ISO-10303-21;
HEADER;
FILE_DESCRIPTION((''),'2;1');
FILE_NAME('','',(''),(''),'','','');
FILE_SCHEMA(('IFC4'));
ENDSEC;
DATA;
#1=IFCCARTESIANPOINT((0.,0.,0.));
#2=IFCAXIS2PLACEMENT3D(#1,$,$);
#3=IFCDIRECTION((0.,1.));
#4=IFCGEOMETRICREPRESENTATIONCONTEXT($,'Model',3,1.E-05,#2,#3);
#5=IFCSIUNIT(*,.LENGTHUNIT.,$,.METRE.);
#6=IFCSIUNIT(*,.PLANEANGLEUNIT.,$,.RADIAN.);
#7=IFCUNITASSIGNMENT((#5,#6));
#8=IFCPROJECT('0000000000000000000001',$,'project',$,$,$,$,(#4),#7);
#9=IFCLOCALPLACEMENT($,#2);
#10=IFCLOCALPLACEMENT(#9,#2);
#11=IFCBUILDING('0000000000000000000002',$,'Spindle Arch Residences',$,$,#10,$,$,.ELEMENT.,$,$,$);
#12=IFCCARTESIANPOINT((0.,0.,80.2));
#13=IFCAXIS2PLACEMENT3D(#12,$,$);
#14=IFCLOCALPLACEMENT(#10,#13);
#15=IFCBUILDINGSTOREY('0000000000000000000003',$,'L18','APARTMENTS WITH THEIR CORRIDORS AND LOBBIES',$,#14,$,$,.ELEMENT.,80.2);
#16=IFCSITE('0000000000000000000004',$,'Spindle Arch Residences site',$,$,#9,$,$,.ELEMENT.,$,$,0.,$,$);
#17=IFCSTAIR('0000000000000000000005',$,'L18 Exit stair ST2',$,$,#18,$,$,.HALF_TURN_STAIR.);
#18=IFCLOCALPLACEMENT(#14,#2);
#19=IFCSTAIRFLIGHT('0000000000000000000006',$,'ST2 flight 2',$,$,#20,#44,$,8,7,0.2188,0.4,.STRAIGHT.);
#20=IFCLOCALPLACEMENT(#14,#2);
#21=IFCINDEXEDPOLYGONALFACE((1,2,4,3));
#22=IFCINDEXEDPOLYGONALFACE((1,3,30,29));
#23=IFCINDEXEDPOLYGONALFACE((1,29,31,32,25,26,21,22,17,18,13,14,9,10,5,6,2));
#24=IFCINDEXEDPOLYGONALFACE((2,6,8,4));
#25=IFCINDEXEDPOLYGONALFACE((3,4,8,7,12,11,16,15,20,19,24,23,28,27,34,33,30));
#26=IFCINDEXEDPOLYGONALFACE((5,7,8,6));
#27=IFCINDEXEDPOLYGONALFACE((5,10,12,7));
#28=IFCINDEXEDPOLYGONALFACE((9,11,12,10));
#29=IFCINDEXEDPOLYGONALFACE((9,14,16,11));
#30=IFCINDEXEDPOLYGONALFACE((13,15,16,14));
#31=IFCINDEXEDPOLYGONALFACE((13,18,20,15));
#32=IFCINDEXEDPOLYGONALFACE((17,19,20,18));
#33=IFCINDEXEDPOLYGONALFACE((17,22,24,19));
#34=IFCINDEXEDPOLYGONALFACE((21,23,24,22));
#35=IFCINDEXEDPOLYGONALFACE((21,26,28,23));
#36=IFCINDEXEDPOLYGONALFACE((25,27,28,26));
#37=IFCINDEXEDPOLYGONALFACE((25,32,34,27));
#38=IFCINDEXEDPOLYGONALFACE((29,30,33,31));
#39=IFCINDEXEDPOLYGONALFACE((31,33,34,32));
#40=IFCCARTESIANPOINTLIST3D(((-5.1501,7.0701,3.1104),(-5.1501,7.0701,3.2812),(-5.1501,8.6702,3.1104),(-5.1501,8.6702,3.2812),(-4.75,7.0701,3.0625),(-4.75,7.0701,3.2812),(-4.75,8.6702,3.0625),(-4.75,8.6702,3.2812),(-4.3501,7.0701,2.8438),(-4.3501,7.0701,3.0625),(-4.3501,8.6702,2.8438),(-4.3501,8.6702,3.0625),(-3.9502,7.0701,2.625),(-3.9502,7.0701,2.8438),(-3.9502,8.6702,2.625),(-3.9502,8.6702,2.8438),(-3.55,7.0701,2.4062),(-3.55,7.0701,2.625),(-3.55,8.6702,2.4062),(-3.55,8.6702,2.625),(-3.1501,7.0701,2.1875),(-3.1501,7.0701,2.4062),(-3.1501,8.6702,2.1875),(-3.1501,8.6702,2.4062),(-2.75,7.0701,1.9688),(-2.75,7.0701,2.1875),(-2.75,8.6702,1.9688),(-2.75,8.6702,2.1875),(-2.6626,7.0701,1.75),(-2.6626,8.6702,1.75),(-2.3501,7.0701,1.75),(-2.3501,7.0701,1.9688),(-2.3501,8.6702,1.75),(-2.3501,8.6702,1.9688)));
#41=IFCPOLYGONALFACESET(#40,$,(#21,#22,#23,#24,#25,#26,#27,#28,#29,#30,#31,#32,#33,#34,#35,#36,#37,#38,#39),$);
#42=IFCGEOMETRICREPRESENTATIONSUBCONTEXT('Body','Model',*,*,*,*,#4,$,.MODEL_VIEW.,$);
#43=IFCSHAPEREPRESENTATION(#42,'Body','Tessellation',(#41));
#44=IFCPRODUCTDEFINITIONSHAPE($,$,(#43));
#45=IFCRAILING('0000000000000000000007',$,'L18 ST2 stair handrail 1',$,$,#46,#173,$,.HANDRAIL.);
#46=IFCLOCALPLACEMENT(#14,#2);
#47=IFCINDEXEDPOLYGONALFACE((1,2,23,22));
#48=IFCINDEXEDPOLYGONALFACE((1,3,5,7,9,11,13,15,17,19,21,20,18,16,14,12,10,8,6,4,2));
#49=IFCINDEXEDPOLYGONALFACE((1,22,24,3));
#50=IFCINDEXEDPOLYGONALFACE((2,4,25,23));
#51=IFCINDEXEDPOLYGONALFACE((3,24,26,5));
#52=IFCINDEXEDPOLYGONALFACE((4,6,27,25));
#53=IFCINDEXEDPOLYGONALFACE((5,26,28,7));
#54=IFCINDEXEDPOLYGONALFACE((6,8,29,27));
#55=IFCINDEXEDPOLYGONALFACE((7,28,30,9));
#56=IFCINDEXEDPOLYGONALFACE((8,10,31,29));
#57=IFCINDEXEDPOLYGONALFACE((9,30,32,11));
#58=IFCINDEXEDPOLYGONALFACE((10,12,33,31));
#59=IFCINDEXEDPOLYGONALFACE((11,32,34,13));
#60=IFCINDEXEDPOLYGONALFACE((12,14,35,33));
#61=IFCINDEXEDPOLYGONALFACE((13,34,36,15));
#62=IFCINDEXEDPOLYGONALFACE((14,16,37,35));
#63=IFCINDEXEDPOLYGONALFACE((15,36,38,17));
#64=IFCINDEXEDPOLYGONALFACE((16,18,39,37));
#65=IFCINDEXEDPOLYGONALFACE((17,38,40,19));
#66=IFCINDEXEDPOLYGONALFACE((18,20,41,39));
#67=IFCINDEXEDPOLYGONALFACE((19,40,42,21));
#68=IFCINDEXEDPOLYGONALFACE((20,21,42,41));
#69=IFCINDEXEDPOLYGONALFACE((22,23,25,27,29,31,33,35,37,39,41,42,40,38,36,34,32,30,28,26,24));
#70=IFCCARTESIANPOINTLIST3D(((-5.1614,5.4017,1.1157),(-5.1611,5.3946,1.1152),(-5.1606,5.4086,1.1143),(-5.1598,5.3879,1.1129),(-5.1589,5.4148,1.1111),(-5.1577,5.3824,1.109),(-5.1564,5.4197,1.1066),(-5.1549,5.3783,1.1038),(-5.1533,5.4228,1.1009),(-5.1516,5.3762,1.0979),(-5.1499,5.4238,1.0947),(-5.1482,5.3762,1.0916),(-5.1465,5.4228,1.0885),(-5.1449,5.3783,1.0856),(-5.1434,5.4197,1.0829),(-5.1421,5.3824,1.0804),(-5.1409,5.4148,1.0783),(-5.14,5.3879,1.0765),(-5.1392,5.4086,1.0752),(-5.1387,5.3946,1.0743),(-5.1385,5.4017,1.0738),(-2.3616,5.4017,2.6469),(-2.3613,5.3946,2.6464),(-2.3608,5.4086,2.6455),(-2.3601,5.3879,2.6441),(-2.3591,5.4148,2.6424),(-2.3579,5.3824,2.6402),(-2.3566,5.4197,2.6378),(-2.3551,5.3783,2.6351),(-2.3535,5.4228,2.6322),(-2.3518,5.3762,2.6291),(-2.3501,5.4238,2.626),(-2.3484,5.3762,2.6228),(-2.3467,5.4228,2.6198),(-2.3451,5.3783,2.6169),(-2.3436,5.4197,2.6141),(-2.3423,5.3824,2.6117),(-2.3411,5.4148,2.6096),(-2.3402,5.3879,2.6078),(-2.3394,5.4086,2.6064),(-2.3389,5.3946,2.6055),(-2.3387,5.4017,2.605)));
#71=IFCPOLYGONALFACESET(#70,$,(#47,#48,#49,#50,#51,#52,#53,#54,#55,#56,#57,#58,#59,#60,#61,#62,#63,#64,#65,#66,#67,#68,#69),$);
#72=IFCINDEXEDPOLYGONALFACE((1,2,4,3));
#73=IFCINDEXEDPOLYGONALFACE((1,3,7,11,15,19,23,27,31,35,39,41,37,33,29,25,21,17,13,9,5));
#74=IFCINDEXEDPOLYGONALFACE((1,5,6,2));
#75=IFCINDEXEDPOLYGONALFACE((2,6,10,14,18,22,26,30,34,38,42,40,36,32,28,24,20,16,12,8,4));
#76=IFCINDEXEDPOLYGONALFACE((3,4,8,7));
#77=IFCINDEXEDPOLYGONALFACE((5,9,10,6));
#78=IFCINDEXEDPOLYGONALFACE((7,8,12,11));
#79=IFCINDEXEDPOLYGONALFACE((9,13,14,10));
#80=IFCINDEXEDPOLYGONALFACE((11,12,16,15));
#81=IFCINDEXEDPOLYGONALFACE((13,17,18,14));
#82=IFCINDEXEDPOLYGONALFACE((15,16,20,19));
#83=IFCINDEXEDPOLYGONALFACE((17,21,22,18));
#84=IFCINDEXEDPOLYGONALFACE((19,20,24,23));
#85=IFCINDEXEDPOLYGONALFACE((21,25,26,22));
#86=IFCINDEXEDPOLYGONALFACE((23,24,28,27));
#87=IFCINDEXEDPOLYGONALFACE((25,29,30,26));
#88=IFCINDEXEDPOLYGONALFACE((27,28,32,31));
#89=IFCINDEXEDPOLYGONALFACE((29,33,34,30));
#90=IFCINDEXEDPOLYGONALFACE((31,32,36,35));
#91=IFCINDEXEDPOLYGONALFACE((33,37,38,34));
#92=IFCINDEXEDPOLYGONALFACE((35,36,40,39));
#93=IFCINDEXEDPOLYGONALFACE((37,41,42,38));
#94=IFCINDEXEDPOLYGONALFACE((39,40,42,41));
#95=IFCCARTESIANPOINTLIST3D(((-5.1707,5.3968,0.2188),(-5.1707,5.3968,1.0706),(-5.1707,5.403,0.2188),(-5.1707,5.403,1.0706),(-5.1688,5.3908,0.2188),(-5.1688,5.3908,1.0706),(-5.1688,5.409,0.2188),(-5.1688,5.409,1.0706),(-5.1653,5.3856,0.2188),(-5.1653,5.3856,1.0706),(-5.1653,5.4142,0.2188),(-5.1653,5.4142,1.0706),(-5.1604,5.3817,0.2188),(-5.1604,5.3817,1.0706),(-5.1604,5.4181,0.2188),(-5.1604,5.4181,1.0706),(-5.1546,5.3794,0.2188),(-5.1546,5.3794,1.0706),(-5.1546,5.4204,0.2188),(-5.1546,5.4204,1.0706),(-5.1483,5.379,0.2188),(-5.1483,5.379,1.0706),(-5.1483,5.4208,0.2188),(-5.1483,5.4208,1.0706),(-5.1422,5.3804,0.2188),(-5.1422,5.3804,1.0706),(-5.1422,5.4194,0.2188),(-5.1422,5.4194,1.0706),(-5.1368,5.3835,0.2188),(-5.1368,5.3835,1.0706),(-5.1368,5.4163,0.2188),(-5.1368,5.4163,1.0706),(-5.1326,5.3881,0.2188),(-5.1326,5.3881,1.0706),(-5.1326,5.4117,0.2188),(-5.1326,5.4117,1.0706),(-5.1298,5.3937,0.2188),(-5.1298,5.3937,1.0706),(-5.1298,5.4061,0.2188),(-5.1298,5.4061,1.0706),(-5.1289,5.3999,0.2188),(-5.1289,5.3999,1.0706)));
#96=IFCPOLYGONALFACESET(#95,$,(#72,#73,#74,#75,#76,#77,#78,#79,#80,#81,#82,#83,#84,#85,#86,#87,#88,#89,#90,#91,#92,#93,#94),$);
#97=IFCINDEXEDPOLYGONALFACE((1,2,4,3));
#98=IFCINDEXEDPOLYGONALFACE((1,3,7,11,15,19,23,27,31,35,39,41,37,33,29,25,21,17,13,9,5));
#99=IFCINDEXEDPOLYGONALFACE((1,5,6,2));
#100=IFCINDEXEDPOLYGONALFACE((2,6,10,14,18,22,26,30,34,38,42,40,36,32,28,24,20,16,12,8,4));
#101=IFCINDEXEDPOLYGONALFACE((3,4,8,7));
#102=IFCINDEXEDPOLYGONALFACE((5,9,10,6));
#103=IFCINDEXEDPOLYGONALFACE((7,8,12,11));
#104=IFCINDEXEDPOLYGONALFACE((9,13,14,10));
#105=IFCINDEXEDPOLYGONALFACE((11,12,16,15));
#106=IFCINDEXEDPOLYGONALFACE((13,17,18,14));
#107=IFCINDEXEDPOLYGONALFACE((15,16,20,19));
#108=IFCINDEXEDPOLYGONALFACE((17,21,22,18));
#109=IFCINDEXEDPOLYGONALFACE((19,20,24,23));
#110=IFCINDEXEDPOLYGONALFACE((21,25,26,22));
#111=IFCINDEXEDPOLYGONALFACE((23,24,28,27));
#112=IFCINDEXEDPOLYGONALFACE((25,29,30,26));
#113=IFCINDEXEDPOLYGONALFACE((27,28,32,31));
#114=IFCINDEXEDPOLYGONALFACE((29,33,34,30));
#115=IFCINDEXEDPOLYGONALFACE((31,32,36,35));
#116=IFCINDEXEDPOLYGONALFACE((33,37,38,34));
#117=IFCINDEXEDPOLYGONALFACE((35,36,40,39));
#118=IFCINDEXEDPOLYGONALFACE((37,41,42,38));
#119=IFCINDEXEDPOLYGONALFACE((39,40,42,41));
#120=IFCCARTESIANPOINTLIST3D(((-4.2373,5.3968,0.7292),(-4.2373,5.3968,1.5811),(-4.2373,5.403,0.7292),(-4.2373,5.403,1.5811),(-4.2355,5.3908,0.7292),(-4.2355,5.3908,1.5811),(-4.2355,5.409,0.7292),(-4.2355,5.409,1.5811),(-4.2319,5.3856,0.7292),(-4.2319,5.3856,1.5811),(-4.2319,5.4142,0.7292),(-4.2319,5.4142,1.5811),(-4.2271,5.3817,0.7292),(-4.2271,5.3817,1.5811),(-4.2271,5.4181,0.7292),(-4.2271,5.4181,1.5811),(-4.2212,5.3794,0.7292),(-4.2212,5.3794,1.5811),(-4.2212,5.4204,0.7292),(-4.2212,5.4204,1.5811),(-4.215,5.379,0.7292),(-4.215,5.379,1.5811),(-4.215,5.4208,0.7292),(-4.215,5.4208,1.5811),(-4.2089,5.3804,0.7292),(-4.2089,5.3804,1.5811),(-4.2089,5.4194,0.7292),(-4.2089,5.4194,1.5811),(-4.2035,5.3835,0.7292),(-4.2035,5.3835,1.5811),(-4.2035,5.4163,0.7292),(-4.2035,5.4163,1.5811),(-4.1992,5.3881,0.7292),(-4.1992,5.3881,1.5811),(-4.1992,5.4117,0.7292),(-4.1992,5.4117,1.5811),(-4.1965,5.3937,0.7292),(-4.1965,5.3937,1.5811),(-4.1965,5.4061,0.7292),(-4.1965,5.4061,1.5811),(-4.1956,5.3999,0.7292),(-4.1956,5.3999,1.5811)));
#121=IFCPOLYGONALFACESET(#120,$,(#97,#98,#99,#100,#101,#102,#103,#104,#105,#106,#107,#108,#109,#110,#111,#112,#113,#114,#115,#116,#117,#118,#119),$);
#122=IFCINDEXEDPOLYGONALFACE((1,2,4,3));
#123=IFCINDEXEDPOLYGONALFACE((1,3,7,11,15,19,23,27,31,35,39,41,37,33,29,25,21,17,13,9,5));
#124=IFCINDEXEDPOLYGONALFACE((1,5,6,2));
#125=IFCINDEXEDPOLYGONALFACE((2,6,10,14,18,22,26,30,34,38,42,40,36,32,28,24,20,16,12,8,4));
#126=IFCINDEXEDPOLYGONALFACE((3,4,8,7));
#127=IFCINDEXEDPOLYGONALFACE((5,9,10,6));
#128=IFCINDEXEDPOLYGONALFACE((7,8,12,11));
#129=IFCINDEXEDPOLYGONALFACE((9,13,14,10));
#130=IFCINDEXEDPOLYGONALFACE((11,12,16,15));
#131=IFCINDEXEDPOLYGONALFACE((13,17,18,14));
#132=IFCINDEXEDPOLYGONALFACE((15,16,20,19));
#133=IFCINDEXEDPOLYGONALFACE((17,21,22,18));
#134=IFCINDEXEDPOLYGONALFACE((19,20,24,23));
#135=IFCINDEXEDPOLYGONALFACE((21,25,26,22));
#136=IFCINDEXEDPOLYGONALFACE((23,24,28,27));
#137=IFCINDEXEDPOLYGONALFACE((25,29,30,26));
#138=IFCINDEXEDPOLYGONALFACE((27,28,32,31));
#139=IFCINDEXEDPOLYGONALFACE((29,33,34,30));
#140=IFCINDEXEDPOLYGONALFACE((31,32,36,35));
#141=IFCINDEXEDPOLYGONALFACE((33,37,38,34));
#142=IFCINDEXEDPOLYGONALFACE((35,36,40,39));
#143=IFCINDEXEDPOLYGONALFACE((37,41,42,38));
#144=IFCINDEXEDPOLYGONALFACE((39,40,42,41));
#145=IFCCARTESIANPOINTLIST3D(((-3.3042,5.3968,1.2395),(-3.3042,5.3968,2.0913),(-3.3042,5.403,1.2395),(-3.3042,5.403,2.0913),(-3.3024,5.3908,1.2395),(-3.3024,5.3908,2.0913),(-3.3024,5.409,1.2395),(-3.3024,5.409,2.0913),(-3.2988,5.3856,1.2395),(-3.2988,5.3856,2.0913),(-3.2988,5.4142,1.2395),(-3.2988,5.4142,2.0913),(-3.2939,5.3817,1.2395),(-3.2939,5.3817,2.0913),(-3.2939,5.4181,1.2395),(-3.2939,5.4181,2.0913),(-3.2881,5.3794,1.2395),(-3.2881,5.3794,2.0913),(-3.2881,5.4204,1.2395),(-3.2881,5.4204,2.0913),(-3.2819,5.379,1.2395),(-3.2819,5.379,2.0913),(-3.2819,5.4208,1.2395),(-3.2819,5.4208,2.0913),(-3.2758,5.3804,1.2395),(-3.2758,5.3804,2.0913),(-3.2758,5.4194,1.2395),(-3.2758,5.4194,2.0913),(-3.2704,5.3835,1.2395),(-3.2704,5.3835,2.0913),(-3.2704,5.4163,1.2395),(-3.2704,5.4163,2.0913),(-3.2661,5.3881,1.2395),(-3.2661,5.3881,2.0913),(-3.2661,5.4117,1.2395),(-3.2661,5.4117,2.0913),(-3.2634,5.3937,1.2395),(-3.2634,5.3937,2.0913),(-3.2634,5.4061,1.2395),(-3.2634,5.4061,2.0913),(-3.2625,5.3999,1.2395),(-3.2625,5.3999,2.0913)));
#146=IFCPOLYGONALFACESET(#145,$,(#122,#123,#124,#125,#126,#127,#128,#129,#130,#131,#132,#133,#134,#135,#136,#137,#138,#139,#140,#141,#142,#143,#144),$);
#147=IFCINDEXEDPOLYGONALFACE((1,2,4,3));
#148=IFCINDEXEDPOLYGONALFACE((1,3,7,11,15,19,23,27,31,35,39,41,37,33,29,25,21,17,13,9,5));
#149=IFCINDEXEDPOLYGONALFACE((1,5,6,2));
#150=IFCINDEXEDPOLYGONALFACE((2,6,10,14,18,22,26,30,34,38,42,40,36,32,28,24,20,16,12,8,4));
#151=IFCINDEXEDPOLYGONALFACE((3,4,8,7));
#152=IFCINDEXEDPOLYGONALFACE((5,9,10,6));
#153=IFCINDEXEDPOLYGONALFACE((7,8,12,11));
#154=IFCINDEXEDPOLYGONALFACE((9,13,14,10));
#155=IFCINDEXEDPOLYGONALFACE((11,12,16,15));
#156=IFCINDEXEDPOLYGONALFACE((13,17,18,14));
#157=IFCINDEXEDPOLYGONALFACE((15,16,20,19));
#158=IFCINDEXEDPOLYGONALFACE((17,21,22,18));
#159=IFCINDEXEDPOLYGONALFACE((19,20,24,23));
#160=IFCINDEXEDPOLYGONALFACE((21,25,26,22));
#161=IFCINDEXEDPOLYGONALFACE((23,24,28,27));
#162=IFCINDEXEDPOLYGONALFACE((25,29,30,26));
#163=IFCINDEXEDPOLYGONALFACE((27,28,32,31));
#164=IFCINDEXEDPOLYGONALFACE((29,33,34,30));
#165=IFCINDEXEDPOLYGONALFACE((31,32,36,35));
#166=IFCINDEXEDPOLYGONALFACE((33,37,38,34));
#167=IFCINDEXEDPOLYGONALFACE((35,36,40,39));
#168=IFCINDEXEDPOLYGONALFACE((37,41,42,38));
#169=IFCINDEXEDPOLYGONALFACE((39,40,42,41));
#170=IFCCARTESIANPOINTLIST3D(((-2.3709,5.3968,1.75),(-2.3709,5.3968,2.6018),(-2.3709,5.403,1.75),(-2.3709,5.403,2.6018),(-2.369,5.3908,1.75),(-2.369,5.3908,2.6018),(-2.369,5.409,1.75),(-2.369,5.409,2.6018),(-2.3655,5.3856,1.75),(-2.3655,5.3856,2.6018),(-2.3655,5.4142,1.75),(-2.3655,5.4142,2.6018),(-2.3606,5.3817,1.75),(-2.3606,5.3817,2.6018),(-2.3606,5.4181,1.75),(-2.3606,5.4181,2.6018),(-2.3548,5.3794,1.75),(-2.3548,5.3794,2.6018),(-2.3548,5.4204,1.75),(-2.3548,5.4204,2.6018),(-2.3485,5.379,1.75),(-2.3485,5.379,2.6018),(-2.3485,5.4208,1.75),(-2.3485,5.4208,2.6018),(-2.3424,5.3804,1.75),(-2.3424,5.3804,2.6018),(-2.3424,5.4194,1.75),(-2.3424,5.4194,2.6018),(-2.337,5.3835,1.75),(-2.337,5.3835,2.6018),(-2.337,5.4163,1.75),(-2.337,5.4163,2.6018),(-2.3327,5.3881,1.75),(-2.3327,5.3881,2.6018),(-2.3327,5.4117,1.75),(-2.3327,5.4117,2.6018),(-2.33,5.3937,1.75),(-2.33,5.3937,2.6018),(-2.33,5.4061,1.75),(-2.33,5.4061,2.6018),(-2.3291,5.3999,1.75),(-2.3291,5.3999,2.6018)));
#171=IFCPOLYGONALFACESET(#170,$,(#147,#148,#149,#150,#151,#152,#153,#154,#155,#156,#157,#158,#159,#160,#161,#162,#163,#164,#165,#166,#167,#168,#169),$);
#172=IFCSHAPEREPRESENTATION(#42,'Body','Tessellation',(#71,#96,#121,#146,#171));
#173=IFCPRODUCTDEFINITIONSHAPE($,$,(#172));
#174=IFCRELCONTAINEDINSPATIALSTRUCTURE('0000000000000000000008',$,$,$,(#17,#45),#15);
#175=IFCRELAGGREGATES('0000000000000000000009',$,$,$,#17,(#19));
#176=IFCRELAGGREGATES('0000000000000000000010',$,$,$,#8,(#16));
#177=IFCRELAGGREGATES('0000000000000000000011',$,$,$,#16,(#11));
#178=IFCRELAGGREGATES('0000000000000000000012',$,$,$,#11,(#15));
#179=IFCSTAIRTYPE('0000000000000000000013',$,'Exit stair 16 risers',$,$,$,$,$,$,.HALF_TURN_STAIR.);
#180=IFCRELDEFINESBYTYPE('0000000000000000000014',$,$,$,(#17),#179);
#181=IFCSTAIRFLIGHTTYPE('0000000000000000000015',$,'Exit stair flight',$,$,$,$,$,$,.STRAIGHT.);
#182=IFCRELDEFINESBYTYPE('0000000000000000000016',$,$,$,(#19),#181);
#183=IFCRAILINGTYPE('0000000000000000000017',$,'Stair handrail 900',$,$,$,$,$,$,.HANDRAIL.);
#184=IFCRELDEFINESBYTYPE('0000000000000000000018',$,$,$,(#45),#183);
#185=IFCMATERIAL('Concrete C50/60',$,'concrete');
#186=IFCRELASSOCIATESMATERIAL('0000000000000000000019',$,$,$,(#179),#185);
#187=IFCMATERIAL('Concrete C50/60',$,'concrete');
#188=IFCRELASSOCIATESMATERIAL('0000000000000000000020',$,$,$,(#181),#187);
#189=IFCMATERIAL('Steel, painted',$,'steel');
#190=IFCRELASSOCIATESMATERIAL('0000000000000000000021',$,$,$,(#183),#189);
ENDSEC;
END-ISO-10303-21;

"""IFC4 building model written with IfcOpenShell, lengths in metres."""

from ifc_helpers import new_model, si_unit, direction, frame, origin, origin_2d, place, context, subcontext, project, spatial, polyline, circle, outline, extrude, material, type_object, element, aggregate, save


model = new_model("IFC4")

# Units and contexts
model_context = context("Model", 3, precision=1e-05, world=origin(), true_north=direction((0.0, 1.0)))
body_context = subcontext(model_context, "Body", "Model", "MODEL_VIEW")
ifc_project = project(units=[si_unit("LENGTHUNIT", "METRE"), si_unit("PLANEANGLEUNIT", "RADIAN")], contexts=[model_context])

# Site, building, storey
site_placement = place(None, origin())
site = spatial("IfcSite", under=ifc_project, at=site_placement, Name="Spindle Arch Residences site", CompositionType="ELEMENT", RefElevation=0.0)
building_placement = place(site_placement, origin())
building = spatial("IfcBuilding", under=site, at=building_placement, Name="Spindle Arch Residences", CompositionType="ELEMENT")
storey_placement = place(building_placement, frame((0.0, 0.0, 80.2)))
storey = spatial("IfcBuildingStorey", under=building, at=storey_placement, Name="L18", Description="APARTMENTS WITH THEIR CORRIDORS AND LOBBIES", CompositionType="ELEMENT", Elevation=80.2)

# Stair, stair flight
ifc_material_1 = material(Name="Concrete C50/60", Category="concrete")
stair_type = type_object("IfcStairType", Name="Exit stair 16 risers", PredefinedType="HALF_TURN_STAIR", material=ifc_material_1)
stair_placement = place(storey_placement, origin())
stair = element("IfcStair", 1, at=stair_placement, inside=storey, type_object=stair_type, Name="L18 Exit stair ST2", PredefinedType="HALF_TURN_STAIR")
ifc_material_2 = material(Name="Concrete C50/60", Category="concrete")
stair_flight_type = type_object("IfcStairFlightType", Name="Exit stair flight", PredefinedType="STRAIGHT", material=ifc_material_2)
stair_flight_1_placement = place(storey_placement, frame((-2.3501, 7.8701, 1.75), z_axis=(0.0, 0.0, 1.0), x_axis=(-1.0, 0.0, 0.0)))
stair_flight_1 = element("IfcStairFlight", 2, at=stair_flight_1_placement, type_object=stair_flight_type, Name="ST2 flight 2", NumberOfRisers=8, NumberOfTreads=7, PredefinedType="STRAIGHT", RiserHeight=0.2188, TreadLength=0.4, context=body_context, shape_type="SweptSolid", body=[
    extrude(outline(polyline([(0.0, 0.0), (0.0, 0.2188), (0.3999, 0.2188), (0.3999, 0.4375), (0.8, 0.4375), (0.8, 0.6562), (1.2, 0.6562), (1.2, 0.875), (1.6001, 0.875), (1.6001, 1.0938), (2.0, 1.0938), (2.0, 1.3125), (2.3999, 1.3125), (2.3999, 1.5312), (2.8, 1.5312), (2.8, 1.75), (2.8, 1.3604), (0.3125, 0.0), (0.0, 0.0)])), frame((0.0, 0.8, 0.0), z_axis=(0.0, -1.0, 0.0), x_axis=(1.0, 0.0, 0.0)), (0.0, 0.0, 1.0), 1.6001),
])
aggregate(stair, [stair_flight_1])

# Railing
ifc_material_3 = material(Name="Steel, painted", Category="steel")
railing_type_1 = type_object("IfcRailingType", Name="Stair handrail 900", PredefinedType="HANDRAIL", material=ifc_material_3)
railing_1_placement = place(storey_placement, frame((-5.1499, 5.3999, 0.2188)))
element("IfcRailing", 3, at=railing_1_placement, inside=storey, type_object=railing_type_1, Name="L18 ST2 stair handrail 1", PredefinedType="HANDRAIL", context=body_context, shape_type="SweptSolid", body=[
    extrude(circle(Radius=0.0239, at=origin_2d()), frame((0.0, 0.0, 0.876), z_axis=(0.877357, 0.0, 0.479838), x_axis=(0.0, 1.0, 0.0)), (0.0, 0.0, 1.0), 3.1912),
    extrude(circle(Radius=0.021, at=origin_2d()), origin(), (0.0, 0.0, 1.0), 0.8518),
    extrude(circle(Radius=0.021, at=origin_2d()), frame((0.9333, 0.0, 0.5105)), (0.0, 0.0, 1.0), 0.8518),
    extrude(circle(Radius=0.021, at=origin_2d()), frame((1.8665, 0.0, 1.0208)), (0.0, 0.0, 1.0), 0.8518),
    extrude(circle(Radius=0.021, at=origin_2d()), frame((2.7998, 0.0, 1.5312)), (0.0, 0.0, 1.0), 0.8518),
])

save(model, "model.ifc")
